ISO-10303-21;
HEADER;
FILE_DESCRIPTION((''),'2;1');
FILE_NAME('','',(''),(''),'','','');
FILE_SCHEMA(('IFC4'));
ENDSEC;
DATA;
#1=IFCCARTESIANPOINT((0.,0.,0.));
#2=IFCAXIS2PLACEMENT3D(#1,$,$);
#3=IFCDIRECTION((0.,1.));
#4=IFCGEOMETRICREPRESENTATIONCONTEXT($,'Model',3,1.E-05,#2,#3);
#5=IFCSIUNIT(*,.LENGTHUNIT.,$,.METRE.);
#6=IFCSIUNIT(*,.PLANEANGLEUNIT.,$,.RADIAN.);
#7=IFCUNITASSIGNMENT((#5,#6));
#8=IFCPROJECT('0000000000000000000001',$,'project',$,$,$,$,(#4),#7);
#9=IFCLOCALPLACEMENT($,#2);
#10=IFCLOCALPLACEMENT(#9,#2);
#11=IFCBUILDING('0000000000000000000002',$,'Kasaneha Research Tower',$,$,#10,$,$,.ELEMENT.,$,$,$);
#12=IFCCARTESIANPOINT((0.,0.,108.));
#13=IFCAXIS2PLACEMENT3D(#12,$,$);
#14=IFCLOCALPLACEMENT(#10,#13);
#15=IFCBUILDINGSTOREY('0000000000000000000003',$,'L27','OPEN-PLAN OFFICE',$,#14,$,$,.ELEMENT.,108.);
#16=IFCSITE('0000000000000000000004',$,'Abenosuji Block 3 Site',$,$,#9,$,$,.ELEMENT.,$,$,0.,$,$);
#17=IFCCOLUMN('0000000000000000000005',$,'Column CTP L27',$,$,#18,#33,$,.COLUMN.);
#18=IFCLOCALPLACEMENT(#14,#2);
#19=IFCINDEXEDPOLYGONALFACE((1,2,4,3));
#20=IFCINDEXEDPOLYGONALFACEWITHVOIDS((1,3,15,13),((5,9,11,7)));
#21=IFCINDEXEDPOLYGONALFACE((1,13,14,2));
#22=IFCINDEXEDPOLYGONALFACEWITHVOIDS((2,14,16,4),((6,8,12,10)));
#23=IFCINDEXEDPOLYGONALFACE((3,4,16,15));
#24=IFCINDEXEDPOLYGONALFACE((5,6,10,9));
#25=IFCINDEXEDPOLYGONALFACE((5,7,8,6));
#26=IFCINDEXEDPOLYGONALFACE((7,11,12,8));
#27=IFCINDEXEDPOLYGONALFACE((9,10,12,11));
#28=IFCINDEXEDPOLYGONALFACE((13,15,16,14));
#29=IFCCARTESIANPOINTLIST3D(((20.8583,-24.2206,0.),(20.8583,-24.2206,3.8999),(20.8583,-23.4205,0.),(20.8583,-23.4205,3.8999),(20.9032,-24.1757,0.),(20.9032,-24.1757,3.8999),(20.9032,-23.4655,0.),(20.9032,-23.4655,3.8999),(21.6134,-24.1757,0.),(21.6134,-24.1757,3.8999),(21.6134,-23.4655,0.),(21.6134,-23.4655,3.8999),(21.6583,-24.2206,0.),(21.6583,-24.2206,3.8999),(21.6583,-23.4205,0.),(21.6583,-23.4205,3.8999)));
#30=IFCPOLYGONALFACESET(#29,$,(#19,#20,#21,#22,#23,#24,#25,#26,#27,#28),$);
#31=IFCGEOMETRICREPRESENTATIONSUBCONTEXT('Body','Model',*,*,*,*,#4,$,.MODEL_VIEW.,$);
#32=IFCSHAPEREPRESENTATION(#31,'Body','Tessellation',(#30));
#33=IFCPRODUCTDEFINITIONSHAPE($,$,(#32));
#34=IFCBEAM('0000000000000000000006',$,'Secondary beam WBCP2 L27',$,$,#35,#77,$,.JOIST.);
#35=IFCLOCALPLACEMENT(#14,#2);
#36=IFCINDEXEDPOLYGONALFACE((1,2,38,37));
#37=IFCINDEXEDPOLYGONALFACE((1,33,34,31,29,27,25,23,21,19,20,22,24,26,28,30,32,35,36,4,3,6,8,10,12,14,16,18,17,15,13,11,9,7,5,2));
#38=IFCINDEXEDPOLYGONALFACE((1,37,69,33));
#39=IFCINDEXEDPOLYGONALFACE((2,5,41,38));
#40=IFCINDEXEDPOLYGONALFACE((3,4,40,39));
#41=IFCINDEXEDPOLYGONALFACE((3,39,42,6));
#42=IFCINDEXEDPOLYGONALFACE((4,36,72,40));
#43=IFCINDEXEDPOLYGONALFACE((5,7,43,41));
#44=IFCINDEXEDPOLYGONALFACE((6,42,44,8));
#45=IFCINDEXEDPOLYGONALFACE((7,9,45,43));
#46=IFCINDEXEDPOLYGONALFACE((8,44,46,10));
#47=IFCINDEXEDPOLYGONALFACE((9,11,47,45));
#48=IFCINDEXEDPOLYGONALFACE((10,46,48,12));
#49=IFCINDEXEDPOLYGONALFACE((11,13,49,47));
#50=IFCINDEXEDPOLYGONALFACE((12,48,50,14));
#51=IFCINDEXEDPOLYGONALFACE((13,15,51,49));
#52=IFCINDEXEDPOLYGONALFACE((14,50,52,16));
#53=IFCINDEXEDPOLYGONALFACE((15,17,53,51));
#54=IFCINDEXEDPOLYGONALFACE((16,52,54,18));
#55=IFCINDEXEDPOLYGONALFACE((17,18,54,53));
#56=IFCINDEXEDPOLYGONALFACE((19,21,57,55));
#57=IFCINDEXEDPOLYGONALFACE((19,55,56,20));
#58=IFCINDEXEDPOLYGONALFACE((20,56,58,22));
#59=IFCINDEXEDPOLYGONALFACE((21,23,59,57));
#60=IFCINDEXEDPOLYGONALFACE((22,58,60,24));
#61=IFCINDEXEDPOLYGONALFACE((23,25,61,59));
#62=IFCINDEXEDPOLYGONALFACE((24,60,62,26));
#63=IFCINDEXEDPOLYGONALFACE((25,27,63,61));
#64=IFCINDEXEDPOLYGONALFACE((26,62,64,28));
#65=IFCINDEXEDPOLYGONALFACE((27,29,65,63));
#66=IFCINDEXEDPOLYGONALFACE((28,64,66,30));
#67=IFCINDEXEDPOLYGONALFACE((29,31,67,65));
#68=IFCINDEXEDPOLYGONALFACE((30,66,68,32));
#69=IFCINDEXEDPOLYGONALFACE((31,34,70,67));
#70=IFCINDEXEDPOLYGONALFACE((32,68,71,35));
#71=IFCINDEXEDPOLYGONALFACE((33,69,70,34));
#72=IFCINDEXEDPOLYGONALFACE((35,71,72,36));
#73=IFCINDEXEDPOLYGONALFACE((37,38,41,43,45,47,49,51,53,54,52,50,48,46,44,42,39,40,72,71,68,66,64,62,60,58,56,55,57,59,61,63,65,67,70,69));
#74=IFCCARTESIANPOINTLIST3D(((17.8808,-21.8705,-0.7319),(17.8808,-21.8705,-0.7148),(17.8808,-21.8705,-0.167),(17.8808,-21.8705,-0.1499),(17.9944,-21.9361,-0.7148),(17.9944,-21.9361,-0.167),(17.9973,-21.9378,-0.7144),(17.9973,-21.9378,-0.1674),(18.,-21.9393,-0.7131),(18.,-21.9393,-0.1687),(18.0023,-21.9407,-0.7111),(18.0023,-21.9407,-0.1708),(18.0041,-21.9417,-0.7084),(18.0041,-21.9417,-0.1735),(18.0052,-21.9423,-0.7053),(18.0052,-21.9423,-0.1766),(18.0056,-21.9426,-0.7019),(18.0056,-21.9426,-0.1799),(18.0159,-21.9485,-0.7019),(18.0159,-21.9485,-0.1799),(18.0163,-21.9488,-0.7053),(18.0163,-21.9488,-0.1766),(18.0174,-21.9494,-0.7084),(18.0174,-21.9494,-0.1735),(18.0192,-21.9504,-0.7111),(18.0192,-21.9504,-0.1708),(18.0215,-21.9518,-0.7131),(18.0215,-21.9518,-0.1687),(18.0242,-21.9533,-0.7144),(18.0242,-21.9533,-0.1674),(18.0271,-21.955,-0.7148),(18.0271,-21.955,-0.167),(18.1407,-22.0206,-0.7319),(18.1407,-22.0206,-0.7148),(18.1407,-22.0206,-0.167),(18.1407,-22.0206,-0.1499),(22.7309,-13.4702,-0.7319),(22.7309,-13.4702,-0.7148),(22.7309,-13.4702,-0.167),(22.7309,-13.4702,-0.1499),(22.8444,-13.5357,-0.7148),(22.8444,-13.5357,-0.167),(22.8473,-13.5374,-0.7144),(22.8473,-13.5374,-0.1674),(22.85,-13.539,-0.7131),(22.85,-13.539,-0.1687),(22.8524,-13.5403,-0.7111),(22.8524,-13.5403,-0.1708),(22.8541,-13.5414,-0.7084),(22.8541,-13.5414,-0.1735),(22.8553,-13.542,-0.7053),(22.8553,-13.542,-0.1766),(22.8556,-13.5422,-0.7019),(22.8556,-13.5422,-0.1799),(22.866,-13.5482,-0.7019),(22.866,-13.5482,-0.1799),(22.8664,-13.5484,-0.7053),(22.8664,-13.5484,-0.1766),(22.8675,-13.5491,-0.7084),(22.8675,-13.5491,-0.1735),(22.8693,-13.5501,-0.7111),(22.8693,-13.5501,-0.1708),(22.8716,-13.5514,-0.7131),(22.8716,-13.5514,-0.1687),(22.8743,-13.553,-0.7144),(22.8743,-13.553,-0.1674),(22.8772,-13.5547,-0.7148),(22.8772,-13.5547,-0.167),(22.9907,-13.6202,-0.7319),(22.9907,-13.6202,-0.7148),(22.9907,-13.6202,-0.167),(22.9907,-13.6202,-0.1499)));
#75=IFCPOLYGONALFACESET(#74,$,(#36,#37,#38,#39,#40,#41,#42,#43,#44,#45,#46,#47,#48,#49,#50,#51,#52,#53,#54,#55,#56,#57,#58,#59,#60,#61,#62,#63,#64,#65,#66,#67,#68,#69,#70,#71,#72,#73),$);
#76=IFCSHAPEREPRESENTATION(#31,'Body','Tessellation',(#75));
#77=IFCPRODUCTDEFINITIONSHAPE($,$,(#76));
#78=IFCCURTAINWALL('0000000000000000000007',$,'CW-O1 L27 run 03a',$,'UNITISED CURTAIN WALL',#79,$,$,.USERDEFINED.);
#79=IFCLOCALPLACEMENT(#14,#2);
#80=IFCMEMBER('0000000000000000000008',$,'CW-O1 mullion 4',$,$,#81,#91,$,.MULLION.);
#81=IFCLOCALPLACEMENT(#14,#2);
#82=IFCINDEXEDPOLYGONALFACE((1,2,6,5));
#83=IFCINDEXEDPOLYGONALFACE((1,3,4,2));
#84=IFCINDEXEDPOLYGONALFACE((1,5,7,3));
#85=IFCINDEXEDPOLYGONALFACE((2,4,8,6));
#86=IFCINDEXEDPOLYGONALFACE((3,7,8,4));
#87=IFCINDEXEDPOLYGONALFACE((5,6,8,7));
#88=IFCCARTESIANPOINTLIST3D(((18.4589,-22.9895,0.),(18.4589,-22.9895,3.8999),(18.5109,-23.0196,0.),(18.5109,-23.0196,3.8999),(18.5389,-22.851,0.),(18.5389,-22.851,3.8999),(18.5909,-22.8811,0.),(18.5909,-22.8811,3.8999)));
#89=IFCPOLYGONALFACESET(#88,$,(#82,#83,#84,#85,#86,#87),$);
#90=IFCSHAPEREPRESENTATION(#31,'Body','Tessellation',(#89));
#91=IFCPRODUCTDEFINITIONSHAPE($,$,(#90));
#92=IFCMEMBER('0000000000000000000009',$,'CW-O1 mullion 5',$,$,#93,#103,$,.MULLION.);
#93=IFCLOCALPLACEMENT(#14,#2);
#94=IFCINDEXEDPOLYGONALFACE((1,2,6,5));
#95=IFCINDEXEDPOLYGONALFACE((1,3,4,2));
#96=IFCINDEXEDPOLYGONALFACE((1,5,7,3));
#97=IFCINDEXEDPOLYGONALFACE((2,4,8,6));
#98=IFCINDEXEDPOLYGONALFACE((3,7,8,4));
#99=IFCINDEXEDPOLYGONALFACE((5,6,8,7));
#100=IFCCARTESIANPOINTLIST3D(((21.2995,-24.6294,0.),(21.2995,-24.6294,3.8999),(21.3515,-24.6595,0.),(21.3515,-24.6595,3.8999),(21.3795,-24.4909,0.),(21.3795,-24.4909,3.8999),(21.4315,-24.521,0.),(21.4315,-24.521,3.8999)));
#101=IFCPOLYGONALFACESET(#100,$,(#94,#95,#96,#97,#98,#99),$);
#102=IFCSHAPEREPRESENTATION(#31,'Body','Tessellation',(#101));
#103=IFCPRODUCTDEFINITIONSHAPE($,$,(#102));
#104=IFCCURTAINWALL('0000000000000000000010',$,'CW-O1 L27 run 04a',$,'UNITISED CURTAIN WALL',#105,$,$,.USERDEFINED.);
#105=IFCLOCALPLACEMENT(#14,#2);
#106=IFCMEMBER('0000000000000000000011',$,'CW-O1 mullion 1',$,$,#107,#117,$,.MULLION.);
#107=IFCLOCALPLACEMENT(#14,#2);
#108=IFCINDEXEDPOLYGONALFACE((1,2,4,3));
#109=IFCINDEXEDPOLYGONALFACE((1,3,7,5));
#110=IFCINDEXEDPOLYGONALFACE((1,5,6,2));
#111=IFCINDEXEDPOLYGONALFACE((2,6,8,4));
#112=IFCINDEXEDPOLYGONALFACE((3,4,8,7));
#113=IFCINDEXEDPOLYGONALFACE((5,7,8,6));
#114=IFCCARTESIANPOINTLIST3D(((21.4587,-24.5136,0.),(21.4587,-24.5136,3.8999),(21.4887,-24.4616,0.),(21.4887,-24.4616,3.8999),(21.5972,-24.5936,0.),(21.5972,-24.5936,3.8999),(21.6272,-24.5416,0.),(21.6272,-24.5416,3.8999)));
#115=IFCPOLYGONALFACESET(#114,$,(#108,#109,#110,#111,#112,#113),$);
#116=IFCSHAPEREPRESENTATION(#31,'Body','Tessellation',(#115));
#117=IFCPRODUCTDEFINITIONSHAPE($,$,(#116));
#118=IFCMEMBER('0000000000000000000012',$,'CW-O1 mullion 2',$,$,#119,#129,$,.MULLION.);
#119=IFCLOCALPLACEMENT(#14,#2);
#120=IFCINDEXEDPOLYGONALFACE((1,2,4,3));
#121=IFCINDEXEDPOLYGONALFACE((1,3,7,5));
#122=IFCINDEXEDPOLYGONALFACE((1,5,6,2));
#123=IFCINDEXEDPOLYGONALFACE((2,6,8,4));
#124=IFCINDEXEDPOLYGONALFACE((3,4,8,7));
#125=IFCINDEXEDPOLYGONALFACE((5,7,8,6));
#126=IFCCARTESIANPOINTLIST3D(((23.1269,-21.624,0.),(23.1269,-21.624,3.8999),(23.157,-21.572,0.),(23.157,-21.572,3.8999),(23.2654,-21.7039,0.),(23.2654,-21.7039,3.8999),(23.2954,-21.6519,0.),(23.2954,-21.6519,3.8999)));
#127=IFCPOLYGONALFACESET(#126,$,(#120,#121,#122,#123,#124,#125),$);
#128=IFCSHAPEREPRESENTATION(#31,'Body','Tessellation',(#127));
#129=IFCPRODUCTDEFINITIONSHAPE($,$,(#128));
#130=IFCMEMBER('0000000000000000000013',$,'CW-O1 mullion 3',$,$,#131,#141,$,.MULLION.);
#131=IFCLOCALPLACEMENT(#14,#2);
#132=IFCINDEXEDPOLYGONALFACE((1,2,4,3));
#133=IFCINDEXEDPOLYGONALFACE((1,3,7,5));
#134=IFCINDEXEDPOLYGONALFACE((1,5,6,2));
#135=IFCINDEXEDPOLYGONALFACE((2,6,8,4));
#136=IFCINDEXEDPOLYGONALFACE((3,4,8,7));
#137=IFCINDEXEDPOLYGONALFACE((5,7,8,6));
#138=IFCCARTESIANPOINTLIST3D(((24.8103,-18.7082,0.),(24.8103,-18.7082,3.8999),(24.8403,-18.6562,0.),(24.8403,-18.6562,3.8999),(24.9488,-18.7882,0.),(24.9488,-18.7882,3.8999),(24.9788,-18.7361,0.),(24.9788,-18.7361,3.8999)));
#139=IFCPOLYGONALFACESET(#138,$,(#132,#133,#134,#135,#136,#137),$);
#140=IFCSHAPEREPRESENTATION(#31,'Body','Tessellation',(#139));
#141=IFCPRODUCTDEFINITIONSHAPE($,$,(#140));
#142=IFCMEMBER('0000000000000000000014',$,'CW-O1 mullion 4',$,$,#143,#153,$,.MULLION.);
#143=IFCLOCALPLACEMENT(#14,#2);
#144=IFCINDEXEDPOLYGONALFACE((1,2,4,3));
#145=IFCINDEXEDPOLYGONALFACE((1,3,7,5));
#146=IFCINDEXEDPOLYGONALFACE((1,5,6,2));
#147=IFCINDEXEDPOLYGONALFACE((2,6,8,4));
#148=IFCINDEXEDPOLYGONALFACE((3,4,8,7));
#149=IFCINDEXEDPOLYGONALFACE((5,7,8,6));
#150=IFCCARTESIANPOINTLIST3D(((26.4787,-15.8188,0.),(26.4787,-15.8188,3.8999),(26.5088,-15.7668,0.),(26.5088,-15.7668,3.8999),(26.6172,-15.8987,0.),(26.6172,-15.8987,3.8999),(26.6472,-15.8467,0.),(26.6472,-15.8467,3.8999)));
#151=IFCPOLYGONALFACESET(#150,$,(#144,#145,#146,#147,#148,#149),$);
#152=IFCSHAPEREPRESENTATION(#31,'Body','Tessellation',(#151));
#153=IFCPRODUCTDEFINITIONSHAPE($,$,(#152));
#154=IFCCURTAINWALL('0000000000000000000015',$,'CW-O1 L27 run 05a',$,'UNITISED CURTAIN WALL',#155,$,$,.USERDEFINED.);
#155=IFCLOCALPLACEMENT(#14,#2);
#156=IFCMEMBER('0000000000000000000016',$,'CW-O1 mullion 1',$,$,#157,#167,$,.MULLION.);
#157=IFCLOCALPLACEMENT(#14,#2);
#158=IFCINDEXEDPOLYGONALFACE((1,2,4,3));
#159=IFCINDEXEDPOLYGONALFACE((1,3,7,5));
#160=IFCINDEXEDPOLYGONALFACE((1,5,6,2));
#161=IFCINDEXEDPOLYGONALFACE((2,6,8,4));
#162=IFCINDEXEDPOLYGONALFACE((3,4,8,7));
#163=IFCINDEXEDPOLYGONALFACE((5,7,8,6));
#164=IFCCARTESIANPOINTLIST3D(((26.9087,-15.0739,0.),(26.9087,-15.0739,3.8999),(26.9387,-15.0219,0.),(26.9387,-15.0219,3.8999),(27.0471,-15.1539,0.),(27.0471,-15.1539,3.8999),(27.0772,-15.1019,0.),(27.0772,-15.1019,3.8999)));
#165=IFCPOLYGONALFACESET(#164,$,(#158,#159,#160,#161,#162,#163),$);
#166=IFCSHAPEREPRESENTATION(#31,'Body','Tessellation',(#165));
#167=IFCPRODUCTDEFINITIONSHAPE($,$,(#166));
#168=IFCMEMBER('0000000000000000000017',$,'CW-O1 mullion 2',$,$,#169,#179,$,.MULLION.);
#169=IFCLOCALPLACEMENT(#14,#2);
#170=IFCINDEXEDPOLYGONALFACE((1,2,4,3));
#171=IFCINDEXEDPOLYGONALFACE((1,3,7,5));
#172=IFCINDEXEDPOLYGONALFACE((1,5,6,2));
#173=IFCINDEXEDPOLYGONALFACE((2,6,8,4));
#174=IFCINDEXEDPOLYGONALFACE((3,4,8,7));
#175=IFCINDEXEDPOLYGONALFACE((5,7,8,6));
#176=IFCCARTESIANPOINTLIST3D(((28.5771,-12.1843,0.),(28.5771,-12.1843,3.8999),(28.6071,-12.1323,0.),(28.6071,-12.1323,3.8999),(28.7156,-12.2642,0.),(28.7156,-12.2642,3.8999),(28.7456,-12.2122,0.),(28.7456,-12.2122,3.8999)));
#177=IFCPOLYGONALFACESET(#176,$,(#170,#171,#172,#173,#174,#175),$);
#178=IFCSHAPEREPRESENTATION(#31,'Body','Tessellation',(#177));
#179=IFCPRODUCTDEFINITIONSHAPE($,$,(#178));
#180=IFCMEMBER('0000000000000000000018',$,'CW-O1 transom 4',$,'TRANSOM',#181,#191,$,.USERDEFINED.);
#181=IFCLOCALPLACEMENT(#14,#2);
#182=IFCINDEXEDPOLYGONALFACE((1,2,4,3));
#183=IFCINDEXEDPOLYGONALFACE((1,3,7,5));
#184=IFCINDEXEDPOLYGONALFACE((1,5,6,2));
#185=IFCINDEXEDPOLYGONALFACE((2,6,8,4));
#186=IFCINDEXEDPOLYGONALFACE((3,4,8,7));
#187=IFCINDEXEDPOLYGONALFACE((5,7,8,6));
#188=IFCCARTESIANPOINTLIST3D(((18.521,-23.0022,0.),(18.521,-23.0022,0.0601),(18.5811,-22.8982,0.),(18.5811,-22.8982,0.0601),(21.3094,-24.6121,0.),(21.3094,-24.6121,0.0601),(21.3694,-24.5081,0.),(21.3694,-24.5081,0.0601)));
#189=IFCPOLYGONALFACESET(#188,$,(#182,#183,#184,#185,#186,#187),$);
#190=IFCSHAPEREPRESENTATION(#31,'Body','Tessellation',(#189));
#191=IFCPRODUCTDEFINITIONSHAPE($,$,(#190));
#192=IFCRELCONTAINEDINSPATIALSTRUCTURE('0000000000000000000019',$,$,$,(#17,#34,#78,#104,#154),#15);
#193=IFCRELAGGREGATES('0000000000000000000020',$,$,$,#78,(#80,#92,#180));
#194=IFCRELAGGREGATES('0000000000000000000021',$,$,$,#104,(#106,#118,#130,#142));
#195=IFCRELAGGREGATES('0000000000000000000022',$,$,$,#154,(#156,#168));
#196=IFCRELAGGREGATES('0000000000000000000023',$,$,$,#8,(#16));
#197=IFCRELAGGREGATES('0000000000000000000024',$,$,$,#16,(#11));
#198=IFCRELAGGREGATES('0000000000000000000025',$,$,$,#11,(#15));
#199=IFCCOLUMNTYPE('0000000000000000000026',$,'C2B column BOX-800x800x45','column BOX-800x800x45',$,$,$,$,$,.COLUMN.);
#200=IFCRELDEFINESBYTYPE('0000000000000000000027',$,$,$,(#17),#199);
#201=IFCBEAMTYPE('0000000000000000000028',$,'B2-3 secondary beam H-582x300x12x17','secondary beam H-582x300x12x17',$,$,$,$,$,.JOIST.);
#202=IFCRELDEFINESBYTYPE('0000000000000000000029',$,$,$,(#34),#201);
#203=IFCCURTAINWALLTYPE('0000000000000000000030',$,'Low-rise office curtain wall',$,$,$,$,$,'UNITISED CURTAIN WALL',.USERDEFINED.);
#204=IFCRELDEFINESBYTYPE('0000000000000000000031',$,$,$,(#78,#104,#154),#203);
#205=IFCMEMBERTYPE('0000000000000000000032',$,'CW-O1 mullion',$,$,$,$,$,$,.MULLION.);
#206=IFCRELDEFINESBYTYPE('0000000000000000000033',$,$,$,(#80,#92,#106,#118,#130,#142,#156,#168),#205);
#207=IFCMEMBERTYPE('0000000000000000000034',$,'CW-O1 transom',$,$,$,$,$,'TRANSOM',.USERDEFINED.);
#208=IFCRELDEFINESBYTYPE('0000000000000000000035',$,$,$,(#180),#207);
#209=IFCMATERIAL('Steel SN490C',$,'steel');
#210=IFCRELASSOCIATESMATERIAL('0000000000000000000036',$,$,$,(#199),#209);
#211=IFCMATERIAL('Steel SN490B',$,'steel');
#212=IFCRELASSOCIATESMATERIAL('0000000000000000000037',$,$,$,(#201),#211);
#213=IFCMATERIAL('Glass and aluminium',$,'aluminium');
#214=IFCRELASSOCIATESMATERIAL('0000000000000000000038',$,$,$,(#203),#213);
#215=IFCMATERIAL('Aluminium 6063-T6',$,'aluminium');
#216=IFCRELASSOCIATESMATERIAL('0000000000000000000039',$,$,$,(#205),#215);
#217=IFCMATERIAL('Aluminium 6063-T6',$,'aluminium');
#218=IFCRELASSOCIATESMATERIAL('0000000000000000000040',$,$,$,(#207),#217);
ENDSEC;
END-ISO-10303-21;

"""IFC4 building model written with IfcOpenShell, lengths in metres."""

from ifc_helpers import new_model, si_unit, direction, frame, origin, origin_2d, place, context, subcontext, project, spatial, rectangle, hollow_rectangle, i_section, extrude, material, material_profile, profile_set, type_object, element, aggregate, save


model = new_model("IFC4")

# Units and contexts
model_context = context("Model", 3, precision=1e-05, world=origin(), true_north=direction((0.0, 1.0)))
body_context = subcontext(model_context, "Body", "Model", "MODEL_VIEW")
ifc_project = project(units=[si_unit("LENGTHUNIT", "METRE"), si_unit("PLANEANGLEUNIT", "RADIAN")], contexts=[model_context])

# Site, building, storey
site_placement = place(None, origin())
site = spatial("IfcSite", under=ifc_project, at=site_placement, Name="Abenosuji Block 3 Site", CompositionType="ELEMENT", RefElevation=0.0)
building_placement = place(site_placement, origin())
building = spatial("IfcBuilding", under=site, at=building_placement, Name="Kasaneha Research Tower", CompositionType="ELEMENT")
storey_placement = place(building_placement, frame((0.0, 0.0, 108.0)))
storey = spatial("IfcBuildingStorey", under=building, at=storey_placement, Name="L27", Description="OPEN-PLAN OFFICE", CompositionType="ELEMENT", Elevation=108.0)

# Column
ifc_material_1 = material(Name="Steel SN490C", Category="steel")
ifc_material_profile_1 = material_profile(ifc_material_1, hollow_rectangle(XDim=0.8, YDim=0.8, WallThickness=0.0449, at=origin_2d()), Name="BOX-800x800x45")
ifc_profile_set_1 = profile_set([ifc_material_profile_1], Name="Steel SN490C")
column_type = type_object("IfcColumnType", Name="C2B column BOX-800x800x45", Description="column BOX-800x800x45", PredefinedType="COLUMN", material=ifc_profile_set_1)
column_placement = place(storey_placement, frame((21.2583, -23.8206, 0.0), z_axis=(0.0, 0.0, 1.0), x_axis=(1.0, 0.0, 0.0)))
element("IfcColumn", 1, at=column_placement, inside=storey, type_object=column_type, Name="Column CTP L27", PredefinedType="COLUMN", context=body_context, shape_type="SweptSolid", body=[
    extrude(hollow_rectangle(XDim=0.8, YDim=0.8, WallThickness=0.0449, at=origin_2d()), origin(), (0.0, 0.0, 1.0), 3.8999),
])

# Beam
ifc_material_2 = material(Name="Steel SN490B", Category="steel")
ifc_material_profile_2 = material_profile(ifc_material_2, i_section(OverallWidth=0.3, OverallDepth=0.582, WebThickness=0.012, FlangeThickness=0.0171, FilletRadius=0.0129, at=origin_2d()), Name="H-582x300x12x17")
ifc_profile_set_2 = profile_set([ifc_material_profile_2], Name="Steel SN490B")
beam_type_1 = type_object("IfcBeamType", Name="B2-3 secondary beam H-582x300x12x17", Description="secondary beam H-582x300x12x17", PredefinedType="JOIST", material=ifc_profile_set_2)
beam_1_placement = place(storey_placement, frame((18.0107, -21.9456, -0.4409), z_axis=(0.50001, 0.86602, 0.0), x_axis=(-0.86602, 0.50001, 0.0)))
element("IfcBeam", 2, at=beam_1_placement, inside=storey, type_object=beam_type_1, Name="Secondary beam WBCP2 L27", PredefinedType="JOIST", context=body_context, shape_type="SweptSolid", body=[
    extrude(i_section(OverallWidth=0.3, OverallDepth=0.582, WebThickness=0.012, FlangeThickness=0.0171, FilletRadius=0.0129, at=origin_2d()), origin(), (0.0, 0.0, 1.0), 9.7),
])

# Curtain walls, members
ifc_material_3 = material(Name="Glass and aluminium", Category="aluminium")
curtain_wall_type = type_object("IfcCurtainWallType", Name="Low-rise office curtain wall", ElementType="UNITISED CURTAIN WALL", PredefinedType="USERDEFINED", material=ifc_material_3)
curtain_wall_1_placement = place(storey_placement, origin())
curtain_wall_1 = element("IfcCurtainWall", 3, at=curtain_wall_1_placement, inside=storey, type_object=curtain_wall_type, Name="CW-O1 L27 run 03a", ObjectType="UNITISED CURTAIN WALL", PredefinedType="USERDEFINED")
ifc_material_4 = material(Name="Aluminium 6063-T6", Category="aluminium")
ifc_material_profile_3 = material_profile(ifc_material_4, rectangle(XDim=0.0601, YDim=0.1599, at=origin_2d()), Name="CW-O1 mullion 60x160")
ifc_profile_set_3 = profile_set([ifc_material_profile_3], Name="Aluminium 6063-T6")
member_type_1 = type_object("IfcMemberType", Name="CW-O1 mullion", PredefinedType="MULLION", material=ifc_profile_set_3)
member_1_placement = place(storey_placement, frame((18.5249, -22.9353, 0.0), z_axis=(0.0, 0.0, 1.0), x_axis=(0.866025, -0.5, 0.0)))
member_1 = element("IfcMember", 4, at=member_1_placement, type_object=member_type_1, Name="CW-O1 mullion 4", PredefinedType="MULLION", context=body_context, shape_type="SweptSolid", body=[
    extrude(rectangle(XDim=0.0601, YDim=0.1599, at=origin_2d()), origin(), (0.0, 0.0, 1.0), 3.8999),
])
member_2_placement = place(storey_placement, frame((21.3655, -24.5752, 0.0), z_axis=(0.0, 0.0, 1.0), x_axis=(0.866025, -0.5, 0.0)))
member_2 = element("IfcMember", 5, at=member_2_placement, type_object=member_type_1, Name="CW-O1 mullion 5", PredefinedType="MULLION", context=body_context, shape_type="SweptSolid", body=[
    extrude(rectangle(XDim=0.0601, YDim=0.1599, at=origin_2d()), origin(), (0.0, 0.0, 1.0), 3.8999),
])
curtain_wall_2_placement = place(storey_placement, origin())
curtain_wall_2 = element("IfcCurtainWall", 6, at=curtain_wall_2_placement, inside=storey, type_object=curtain_wall_type, Name="CW-O1 L27 run 04a", ObjectType="UNITISED CURTAIN WALL", PredefinedType="USERDEFINED")
member_3_placement = place(storey_placement, frame((21.543, -24.5276, 0.0), z_axis=(0.0, 0.0, 1.0), x_axis=(0.5, 0.866025, 0.0)))
member_3 = element("IfcMember", 7, at=member_3_placement, type_object=member_type_1, Name="CW-O1 mullion 1", PredefinedType="MULLION", context=body_context, shape_type="SweptSolid", body=[
    extrude(rectangle(XDim=0.0601, YDim=0.1599, at=origin_2d()), origin(), (0.0, 0.0, 1.0), 3.8999),
])
member_4_placement = place(storey_placement, frame((23.2112, -21.6379, 0.0), z_axis=(0.0, 0.0, 1.0), x_axis=(0.5, 0.866025, 0.0)))
member_4 = element("IfcMember", 8, at=member_4_placement, type_object=member_type_1, Name="CW-O1 mullion 2", PredefinedType="MULLION", context=body_context, shape_type="SweptSolid", body=[
    extrude(rectangle(XDim=0.0601, YDim=0.1599, at=origin_2d()), origin(), (0.0, 0.0, 1.0), 3.8999),
])
member_5_placement = place(storey_placement, frame((24.8945, -18.7222, 0.0), z_axis=(0.0, 0.0, 1.0), x_axis=(0.5, 0.866025, 0.0)))
member_5 = element("IfcMember", 9, at=member_5_placement, type_object=member_type_1, Name="CW-O1 mullion 3", PredefinedType="MULLION", context=body_context, shape_type="SweptSolid", body=[
    extrude(rectangle(XDim=0.0601, YDim=0.1599, at=origin_2d()), origin(), (0.0, 0.0, 1.0), 3.8999),
])
member_6_placement = place(storey_placement, frame((26.563, -15.8328, 0.0), z_axis=(0.0, 0.0, 1.0), x_axis=(0.5, 0.866025, 0.0)))
member_6 = element("IfcMember", 10, at=member_6_placement, type_object=member_type_1, Name="CW-O1 mullion 4", PredefinedType="MULLION", context=body_context, shape_type="SweptSolid", body=[
    extrude(rectangle(XDim=0.0601, YDim=0.1599, at=origin_2d()), origin(), (0.0, 0.0, 1.0), 3.8999),
])
curtain_wall_3_placement = place(storey_placement, origin())
curtain_wall_3 = element("IfcCurtainWall", 11, at=curtain_wall_3_placement, inside=storey, type_object=curtain_wall_type, Name="CW-O1 L27 run 05a", ObjectType="UNITISED CURTAIN WALL", PredefinedType="USERDEFINED")
member_7_placement = place(storey_placement, frame((26.9929, -15.0879, 0.0), z_axis=(0.0, 0.0, 1.0), x_axis=(0.5, 0.866025, 0.0)))
member_7 = element("IfcMember", 12, at=member_7_placement, type_object=member_type_1, Name="CW-O1 mullion 1", PredefinedType="MULLION", context=body_context, shape_type="SweptSolid", body=[
    extrude(rectangle(XDim=0.0601, YDim=0.1599, at=origin_2d()), origin(), (0.0, 0.0, 1.0), 3.8999),
])
member_8_placement = place(storey_placement, frame((28.6614, -12.1982, 0.0), z_axis=(0.0, 0.0, 1.0), x_axis=(0.5, 0.866025, 0.0)))
member_8 = element("IfcMember", 13, at=member_8_placement, type_object=member_type_1, Name="CW-O1 mullion 2", PredefinedType="MULLION", context=body_context, shape_type="SweptSolid", body=[
    extrude(rectangle(XDim=0.0601, YDim=0.1599, at=origin_2d()), origin(), (0.0, 0.0, 1.0), 3.8999),
])

# Member
ifc_material_5 = material(Name="Aluminium 6063-T6", Category="aluminium")
ifc_material_profile_4 = material_profile(ifc_material_5, rectangle(XDim=0.1201, YDim=0.0601, at=origin_2d()), Name="CW-O1 transom 120x60")
ifc_profile_set_4 = profile_set([ifc_material_profile_4], Name="Aluminium 6063-T6")
member_type_2 = type_object("IfcMemberType", Name="CW-O1 transom", ElementType="TRANSOM", PredefinedType="USERDEFINED", material=ifc_profile_set_4)
member_9_placement = place(storey_placement, frame((18.551, -22.9502, 0.03), z_axis=(0.866023, -0.500005, 0.0), x_axis=(0.500005, 0.866023, 0.0)))
member_9 = element("IfcMember", 14, at=member_9_placement, type_object=member_type_2, Name="CW-O1 transom 4", ObjectType="TRANSOM", PredefinedType="USERDEFINED", context=body_context, shape_type="SweptSolid", body=[
    extrude(rectangle(XDim=0.1201, YDim=0.0601, at=origin_2d()), origin(), (0.0, 0.0, 1.0), 3.2197),
])

aggregate(curtain_wall_1, [member_1, member_2, member_9])
aggregate(curtain_wall_2, [member_3, member_4, member_5, member_6])
aggregate(curtain_wall_3, [member_7, member_8])

save(model, "model.ifc")
